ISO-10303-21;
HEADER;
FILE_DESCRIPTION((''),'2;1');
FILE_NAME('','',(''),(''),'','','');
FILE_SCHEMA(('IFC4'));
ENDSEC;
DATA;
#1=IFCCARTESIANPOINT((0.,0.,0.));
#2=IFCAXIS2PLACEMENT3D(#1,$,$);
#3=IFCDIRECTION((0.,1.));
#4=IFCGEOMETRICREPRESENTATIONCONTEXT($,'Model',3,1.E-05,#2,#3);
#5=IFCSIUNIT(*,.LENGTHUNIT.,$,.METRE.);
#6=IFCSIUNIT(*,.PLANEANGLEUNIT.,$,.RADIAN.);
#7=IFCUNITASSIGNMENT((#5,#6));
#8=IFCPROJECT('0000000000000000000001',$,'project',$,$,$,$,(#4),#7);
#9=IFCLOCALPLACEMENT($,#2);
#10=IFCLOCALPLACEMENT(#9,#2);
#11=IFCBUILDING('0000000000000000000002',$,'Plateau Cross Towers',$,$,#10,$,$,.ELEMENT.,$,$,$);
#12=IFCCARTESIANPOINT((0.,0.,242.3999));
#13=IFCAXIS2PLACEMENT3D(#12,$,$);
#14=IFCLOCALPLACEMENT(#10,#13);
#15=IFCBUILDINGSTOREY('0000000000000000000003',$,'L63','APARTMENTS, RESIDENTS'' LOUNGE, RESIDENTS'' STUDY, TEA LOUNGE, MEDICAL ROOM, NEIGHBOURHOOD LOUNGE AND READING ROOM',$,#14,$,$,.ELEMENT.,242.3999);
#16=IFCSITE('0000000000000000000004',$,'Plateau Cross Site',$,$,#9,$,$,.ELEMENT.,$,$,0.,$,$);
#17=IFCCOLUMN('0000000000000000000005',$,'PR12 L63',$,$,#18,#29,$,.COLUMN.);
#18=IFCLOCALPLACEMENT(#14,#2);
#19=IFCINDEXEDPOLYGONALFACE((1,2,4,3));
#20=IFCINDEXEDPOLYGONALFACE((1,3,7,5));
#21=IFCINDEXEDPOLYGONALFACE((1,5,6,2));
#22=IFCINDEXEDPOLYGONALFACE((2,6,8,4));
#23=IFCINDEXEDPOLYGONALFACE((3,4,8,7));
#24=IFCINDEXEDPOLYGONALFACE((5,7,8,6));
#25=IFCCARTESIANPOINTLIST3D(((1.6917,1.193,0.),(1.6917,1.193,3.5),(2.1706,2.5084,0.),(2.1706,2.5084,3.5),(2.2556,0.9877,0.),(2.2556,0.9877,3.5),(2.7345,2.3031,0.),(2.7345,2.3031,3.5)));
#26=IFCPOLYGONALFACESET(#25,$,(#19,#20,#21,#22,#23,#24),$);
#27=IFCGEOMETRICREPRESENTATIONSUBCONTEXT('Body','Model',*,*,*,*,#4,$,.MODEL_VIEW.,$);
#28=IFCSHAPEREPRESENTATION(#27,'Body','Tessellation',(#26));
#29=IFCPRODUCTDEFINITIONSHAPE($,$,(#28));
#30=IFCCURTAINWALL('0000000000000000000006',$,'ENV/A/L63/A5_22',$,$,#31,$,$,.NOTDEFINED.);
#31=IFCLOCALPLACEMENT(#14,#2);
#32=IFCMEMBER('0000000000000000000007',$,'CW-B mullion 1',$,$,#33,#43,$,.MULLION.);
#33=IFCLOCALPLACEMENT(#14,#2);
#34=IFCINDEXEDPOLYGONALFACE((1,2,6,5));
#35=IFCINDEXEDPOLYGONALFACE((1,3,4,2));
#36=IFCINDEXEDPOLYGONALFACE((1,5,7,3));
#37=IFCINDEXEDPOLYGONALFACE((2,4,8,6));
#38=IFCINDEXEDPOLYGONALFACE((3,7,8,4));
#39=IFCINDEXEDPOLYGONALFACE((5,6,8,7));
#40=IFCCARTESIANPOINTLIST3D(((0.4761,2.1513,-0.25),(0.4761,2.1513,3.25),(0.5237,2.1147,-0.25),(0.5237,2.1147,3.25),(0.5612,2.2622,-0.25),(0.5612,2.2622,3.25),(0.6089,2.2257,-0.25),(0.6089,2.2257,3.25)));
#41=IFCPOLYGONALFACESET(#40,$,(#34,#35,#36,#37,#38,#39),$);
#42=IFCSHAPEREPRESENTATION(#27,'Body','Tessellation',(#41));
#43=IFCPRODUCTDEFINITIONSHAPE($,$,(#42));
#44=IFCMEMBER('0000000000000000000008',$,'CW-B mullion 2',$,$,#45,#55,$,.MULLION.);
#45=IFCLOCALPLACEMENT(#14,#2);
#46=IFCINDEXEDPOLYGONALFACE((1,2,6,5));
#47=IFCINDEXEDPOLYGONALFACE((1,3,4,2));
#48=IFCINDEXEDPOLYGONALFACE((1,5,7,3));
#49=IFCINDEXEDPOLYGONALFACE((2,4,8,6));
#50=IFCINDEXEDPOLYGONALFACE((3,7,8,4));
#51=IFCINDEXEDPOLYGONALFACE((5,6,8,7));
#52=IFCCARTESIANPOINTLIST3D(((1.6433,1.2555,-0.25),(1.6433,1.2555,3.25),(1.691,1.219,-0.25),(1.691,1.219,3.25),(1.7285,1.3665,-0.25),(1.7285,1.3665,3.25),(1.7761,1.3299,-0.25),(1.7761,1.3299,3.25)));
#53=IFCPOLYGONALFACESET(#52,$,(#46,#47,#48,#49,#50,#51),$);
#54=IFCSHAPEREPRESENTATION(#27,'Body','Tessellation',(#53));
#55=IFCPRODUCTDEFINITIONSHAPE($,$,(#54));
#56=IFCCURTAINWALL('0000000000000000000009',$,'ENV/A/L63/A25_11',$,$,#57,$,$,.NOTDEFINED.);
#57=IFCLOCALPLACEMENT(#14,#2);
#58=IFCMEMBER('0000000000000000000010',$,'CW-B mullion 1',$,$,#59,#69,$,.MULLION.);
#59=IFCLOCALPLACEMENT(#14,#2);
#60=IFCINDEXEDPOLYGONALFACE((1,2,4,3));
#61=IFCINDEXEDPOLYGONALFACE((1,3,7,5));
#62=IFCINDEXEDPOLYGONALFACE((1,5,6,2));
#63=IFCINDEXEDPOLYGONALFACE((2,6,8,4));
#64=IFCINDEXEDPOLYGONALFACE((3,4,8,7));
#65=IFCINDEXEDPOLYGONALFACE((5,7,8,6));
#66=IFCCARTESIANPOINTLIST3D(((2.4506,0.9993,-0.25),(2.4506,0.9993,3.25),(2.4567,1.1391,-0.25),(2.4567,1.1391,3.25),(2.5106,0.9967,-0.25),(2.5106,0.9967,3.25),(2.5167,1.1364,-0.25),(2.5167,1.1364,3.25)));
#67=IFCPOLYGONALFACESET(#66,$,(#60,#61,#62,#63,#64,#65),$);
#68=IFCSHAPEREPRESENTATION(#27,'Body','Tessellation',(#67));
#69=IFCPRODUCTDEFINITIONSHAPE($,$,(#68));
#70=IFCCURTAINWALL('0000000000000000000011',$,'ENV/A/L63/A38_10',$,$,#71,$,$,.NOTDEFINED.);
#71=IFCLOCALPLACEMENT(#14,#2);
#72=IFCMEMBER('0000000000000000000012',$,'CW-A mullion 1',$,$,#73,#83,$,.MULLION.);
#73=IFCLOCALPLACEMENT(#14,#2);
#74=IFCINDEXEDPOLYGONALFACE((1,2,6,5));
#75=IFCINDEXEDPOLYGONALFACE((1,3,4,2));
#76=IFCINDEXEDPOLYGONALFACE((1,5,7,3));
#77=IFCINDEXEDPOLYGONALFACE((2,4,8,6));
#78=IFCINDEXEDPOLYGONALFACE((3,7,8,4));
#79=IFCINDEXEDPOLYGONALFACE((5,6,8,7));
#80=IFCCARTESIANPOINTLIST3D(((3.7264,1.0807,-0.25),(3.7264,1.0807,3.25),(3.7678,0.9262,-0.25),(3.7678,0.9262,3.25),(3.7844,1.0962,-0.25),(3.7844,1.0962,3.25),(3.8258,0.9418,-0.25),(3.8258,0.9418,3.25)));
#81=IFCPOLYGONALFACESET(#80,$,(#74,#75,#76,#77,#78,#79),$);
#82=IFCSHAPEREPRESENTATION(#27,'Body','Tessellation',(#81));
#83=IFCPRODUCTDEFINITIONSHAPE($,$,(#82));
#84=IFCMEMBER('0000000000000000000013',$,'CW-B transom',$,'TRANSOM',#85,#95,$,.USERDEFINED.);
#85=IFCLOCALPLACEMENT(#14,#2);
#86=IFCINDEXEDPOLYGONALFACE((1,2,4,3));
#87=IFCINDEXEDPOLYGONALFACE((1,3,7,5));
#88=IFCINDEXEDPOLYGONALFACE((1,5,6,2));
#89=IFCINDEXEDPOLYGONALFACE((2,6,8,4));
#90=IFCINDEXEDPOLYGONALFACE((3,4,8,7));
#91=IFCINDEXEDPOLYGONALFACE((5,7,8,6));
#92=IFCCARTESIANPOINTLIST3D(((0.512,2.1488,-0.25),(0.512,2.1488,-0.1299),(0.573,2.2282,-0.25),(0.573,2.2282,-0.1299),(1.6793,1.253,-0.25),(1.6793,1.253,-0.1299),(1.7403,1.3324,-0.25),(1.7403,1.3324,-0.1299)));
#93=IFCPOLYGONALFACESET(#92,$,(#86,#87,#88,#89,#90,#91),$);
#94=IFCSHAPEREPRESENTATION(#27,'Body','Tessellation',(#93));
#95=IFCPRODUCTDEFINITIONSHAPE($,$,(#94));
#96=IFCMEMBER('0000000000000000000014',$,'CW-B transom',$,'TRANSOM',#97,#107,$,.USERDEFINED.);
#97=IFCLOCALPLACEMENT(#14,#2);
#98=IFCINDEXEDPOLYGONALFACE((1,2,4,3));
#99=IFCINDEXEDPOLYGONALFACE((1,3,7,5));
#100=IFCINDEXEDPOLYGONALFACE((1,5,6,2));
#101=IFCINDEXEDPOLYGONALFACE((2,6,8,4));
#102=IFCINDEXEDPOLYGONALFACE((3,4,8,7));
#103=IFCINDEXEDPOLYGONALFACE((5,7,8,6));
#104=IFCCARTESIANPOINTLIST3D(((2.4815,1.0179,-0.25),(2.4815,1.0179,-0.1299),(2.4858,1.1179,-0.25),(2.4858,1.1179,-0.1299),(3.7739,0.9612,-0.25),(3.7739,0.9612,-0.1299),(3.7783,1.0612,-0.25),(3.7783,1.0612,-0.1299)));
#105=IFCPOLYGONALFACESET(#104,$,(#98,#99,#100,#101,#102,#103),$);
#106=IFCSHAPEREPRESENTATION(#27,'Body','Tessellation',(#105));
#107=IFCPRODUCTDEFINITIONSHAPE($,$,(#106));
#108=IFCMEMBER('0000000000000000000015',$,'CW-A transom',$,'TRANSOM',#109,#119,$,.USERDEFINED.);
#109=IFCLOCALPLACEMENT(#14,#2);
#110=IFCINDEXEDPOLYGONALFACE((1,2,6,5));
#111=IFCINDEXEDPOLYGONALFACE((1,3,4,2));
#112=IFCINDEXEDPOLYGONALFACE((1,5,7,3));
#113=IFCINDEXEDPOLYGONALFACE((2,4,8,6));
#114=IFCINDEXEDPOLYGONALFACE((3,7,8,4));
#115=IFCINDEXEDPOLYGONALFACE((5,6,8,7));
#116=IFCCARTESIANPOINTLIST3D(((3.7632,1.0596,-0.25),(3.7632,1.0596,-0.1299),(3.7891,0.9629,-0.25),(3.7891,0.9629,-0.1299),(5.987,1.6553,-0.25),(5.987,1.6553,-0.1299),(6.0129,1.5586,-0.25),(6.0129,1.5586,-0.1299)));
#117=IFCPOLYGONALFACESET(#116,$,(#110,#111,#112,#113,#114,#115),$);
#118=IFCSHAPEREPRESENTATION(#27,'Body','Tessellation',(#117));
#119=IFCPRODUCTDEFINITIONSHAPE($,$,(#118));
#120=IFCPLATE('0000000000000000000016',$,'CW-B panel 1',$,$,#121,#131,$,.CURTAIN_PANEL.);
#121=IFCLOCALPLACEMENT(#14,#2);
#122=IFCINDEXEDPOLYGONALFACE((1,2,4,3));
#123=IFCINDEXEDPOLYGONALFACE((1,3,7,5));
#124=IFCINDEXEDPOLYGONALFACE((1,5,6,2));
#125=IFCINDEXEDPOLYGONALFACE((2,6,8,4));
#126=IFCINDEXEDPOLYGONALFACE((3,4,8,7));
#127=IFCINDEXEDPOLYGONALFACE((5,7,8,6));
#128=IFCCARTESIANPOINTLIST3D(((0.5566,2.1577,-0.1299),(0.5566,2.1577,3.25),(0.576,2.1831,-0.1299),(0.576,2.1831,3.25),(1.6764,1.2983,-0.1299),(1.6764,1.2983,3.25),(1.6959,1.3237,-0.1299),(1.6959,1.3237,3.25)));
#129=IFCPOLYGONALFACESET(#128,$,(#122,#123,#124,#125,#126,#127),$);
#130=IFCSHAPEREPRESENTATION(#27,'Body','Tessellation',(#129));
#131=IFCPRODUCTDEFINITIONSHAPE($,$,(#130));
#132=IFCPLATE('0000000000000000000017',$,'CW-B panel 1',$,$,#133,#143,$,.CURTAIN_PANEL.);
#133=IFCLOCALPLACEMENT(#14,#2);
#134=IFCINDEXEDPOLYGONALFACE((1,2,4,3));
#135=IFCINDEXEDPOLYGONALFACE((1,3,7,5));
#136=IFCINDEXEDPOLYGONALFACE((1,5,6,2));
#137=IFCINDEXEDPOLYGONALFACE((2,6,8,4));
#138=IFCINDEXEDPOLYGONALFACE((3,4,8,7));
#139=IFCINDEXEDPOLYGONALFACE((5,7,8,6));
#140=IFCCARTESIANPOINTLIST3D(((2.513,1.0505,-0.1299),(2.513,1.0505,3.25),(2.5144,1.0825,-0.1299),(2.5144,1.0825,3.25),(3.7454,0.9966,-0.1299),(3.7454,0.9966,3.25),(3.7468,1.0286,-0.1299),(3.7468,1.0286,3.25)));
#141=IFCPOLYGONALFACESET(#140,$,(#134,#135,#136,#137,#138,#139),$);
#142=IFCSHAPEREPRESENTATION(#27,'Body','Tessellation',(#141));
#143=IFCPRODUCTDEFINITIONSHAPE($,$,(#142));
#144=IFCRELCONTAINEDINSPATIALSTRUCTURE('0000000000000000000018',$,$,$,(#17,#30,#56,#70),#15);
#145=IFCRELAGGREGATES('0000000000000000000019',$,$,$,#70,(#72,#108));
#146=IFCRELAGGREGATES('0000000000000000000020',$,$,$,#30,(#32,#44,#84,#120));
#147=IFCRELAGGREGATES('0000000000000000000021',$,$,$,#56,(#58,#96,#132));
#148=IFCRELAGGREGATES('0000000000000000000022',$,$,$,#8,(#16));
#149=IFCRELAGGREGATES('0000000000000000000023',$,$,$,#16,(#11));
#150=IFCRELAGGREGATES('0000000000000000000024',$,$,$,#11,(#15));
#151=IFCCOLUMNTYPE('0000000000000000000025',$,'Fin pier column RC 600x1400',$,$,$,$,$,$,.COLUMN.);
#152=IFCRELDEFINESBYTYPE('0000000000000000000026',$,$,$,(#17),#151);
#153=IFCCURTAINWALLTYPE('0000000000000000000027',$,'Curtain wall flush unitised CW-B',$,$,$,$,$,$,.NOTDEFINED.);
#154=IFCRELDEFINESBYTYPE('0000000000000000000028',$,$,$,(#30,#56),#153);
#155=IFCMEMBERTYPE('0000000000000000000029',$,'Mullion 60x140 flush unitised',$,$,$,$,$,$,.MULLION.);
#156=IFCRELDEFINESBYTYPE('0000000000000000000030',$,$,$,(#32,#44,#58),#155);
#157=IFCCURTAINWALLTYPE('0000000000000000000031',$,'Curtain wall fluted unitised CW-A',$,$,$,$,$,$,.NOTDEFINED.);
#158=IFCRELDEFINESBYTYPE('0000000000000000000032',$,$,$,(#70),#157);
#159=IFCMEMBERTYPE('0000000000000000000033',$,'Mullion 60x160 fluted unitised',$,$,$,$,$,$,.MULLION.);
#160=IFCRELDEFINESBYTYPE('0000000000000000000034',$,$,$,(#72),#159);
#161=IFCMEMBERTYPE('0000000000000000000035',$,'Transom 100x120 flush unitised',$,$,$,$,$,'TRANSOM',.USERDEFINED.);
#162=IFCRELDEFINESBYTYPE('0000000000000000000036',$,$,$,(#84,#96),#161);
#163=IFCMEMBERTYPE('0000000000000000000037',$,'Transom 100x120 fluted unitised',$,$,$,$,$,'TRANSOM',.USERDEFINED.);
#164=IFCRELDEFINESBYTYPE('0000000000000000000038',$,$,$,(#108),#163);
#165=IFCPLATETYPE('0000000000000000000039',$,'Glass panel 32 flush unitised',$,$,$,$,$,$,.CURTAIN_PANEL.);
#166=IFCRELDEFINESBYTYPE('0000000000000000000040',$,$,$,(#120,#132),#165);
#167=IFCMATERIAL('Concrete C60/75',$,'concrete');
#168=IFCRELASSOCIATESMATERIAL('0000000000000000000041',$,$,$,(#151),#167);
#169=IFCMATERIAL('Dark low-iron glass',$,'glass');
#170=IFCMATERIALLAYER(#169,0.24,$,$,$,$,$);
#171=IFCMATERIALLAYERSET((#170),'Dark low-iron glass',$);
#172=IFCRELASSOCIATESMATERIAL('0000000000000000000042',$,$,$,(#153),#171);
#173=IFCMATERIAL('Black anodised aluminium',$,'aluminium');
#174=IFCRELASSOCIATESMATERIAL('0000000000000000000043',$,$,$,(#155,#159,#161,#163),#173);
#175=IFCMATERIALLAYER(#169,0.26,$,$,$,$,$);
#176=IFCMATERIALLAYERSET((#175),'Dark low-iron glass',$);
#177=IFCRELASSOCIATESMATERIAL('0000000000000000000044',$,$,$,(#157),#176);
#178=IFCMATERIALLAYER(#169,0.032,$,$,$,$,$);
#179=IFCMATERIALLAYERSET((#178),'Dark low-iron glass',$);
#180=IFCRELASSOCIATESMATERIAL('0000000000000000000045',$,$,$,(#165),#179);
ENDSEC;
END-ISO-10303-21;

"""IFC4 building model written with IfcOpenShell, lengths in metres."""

from ifc_helpers import new_model, si_unit, direction, frame, origin, origin_2d, place, context, subcontext, project, spatial, rectangle, extrude, material, layer, layer_set, material_profile, profile_set, type_object, element, aggregate, save


model = new_model("IFC4")

# Units and contexts
model_context = context("Model", 3, precision=1e-05, world=origin(), true_north=direction((0.0, 1.0)))
body_context = subcontext(model_context, "Body", "Model", "MODEL_VIEW")
ifc_project = project(units=[si_unit("LENGTHUNIT", "METRE"), si_unit("PLANEANGLEUNIT", "RADIAN")], contexts=[model_context])

# Site, building, storey
site_placement = place(None, origin())
site = spatial("IfcSite", under=ifc_project, at=site_placement, Name="Plateau Cross Site", CompositionType="ELEMENT", RefElevation=0.0)
building_placement = place(site_placement, origin())
building = spatial("IfcBuilding", under=site, at=building_placement, Name="Plateau Cross Towers", CompositionType="ELEMENT")
storey_placement = place(building_placement, frame((0.0, 0.0, 242.3999)))
storey = spatial("IfcBuildingStorey", under=building, at=storey_placement, Name="L63", Description="APARTMENTS, RESIDENTS' LOUNGE, RESIDENTS' STUDY, TEA LOUNGE, MEDICAL ROOM, NEIGHBOURHOOD LOUNGE AND READING ROOM", CompositionType="ELEMENT", Elevation=242.3999)

# Column
ifc_material_1 = material(Name="Concrete C60/75", Category="concrete")
ifc_material_profile_1 = material_profile(ifc_material_1, rectangle(XDim=0.6001, YDim=1.3999, at=origin_2d()), Name="RC 600x1400")
ifc_profile_set_1 = profile_set([ifc_material_profile_1], Name="Concrete C60/75")
column_type = type_object("IfcColumnType", Name="Fin pier column RC 600x1400", PredefinedType="COLUMN", material=ifc_profile_set_1)
column_placement = place(storey_placement, frame((2.2131, 1.748, 0.0), z_axis=(0.0, 0.0, 1.0), x_axis=(-0.939664, 0.342098, 0.0)))
element("IfcColumn", 1, at=column_placement, inside=storey, type_object=column_type, Name="PR12 L63", PredefinedType="COLUMN", context=body_context, shape_type="SweptSolid", body=[
    extrude(rectangle(XDim=0.6001, YDim=1.3999, at=origin_2d()), origin(), (0.0, 0.0, 1.0), 3.5),
])

# Curtain wall, members
ifc_material_2 = material(Name="Dark low-iron glass", Category="glass")
ifc_layer_1 = layer(ifc_material_2, 0.24)
ifc_layer_set_1 = layer_set([ifc_layer_1], Name="Dark low-iron glass")
curtain_wall_type_1 = type_object("IfcCurtainWallType", Name="Curtain wall flush unitised CW-B", PredefinedType="NOTDEFINED", material=ifc_layer_set_1)
curtain_wall_1_placement = place(storey_placement, origin())
curtain_wall_1 = element("IfcCurtainWall", 2, at=curtain_wall_1_placement, inside=storey, type_object=curtain_wall_type_1, Name="ENV/A/L63/A5_22", PredefinedType="NOTDEFINED")
ifc_material_3 = material(Name="Black anodised aluminium", Category="aluminium")
ifc_material_profile_2 = material_profile(ifc_material_3, rectangle(XDim=0.0601, YDim=0.1399, at=origin_2d()), Name="MULLION 60x140")
ifc_profile_set_2 = profile_set([ifc_material_profile_2], Name="Black anodised aluminium")
member_type_1 = type_object("IfcMemberType", Name="Mullion 60x140 flush unitised", PredefinedType="MULLION", material=ifc_profile_set_2)
member_1_placement = place(storey_placement, frame((0.5425, 2.1885, -0.25), z_axis=(0.0, 0.0, 1.0), x_axis=(0.793316, -0.608811, 0.0)))
member_1 = element("IfcMember", 3, at=member_1_placement, type_object=member_type_1, Name="CW-B mullion 1", PredefinedType="MULLION", context=body_context, shape_type="SweptSolid", body=[
    extrude(rectangle(XDim=0.0601, YDim=0.1399, at=origin_2d()), origin(), (0.0, 0.0, 1.0), 3.5),
])
member_2_placement = place(storey_placement, frame((1.7097, 1.2927, -0.25), z_axis=(0.0, 0.0, 1.0), x_axis=(0.793316, -0.608811, 0.0)))
member_2 = element("IfcMember", 4, at=member_2_placement, type_object=member_type_1, Name="CW-B mullion 2", PredefinedType="MULLION", context=body_context, shape_type="SweptSolid", body=[
    extrude(rectangle(XDim=0.0601, YDim=0.1399, at=origin_2d()), origin(), (0.0, 0.0, 1.0), 3.5),
])

# Curtain walls, members
curtain_wall_2_placement = place(storey_placement, origin())
curtain_wall_2 = element("IfcCurtainWall", 5, at=curtain_wall_2_placement, inside=storey, type_object=curtain_wall_type_1, Name="ENV/A/L63/A25_11", PredefinedType="NOTDEFINED")
member_3_placement = place(storey_placement, frame((2.4836, 1.0679, -0.25), z_axis=(0.0, 0.0, 1.0), x_axis=(0.999044, -0.043723, 0.0)))
member_3 = element("IfcMember", 6, at=member_3_placement, type_object=member_type_1, Name="CW-B mullion 1", PredefinedType="MULLION", context=body_context, shape_type="SweptSolid", body=[
    extrude(rectangle(XDim=0.0601, YDim=0.1399, at=origin_2d()), origin(), (0.0, 0.0, 1.0), 3.5),
])
ifc_layer_2 = layer(ifc_material_2, 0.26)
ifc_layer_set_2 = layer_set([ifc_layer_2], Name="Dark low-iron glass")
curtain_wall_type_2 = type_object("IfcCurtainWallType", Name="Curtain wall fluted unitised CW-A", PredefinedType="NOTDEFINED", material=ifc_layer_set_2)
curtain_wall_3_placement = place(storey_placement, origin())
curtain_wall_3 = element("IfcCurtainWall", 7, at=curtain_wall_3_placement, inside=storey, type_object=curtain_wall_type_2, Name="ENV/A/L63/A38_10", PredefinedType="NOTDEFINED")
ifc_material_profile_3 = material_profile(ifc_material_3, rectangle(XDim=0.0601, YDim=0.1599, at=origin_2d()), Name="MULLION 60x160")
ifc_profile_set_3 = profile_set([ifc_material_profile_3], Name="Black anodised aluminium")
member_type_2 = type_object("IfcMemberType", Name="Mullion 60x160 fluted unitised", PredefinedType="MULLION", material=ifc_profile_set_3)
member_4_placement = place(storey_placement, frame((3.7761, 1.0112, -0.25), z_axis=(0.0, 0.0, 1.0), x_axis=(0.965958, 0.258699, 0.0)))
member_4 = element("IfcMember", 8, at=member_4_placement, type_object=member_type_2, Name="CW-A mullion 1", PredefinedType="MULLION", context=body_context, shape_type="SweptSolid", body=[
    extrude(rectangle(XDim=0.0601, YDim=0.1599, at=origin_2d()), origin(), (0.0, 0.0, 1.0), 3.5),
])

# Members
ifc_material_profile_4 = material_profile(ifc_material_3, rectangle(XDim=0.1001, YDim=0.1201, at=origin_2d()), Name="TRANSOM 100x120")
ifc_profile_set_4 = profile_set([ifc_material_profile_4], Name="Black anodised aluminium")
member_type_3 = type_object("IfcMemberType", Name="Transom 100x120 flush unitised", ElementType="TRANSOM", PredefinedType="USERDEFINED", material=ifc_profile_set_4)
member_5_placement = place(storey_placement, frame((0.5425, 2.1885, -0.1899), z_axis=(0.793321, -0.608804, 0.0), x_axis=(0.608804, 0.793321, 0.0)))
member_5 = element("IfcMember", 9, at=member_5_placement, type_object=member_type_3, Name="CW-B transom", ObjectType="TRANSOM", PredefinedType="USERDEFINED", context=body_context, shape_type="SweptSolid", body=[
    extrude(rectangle(XDim=0.1001, YDim=0.1201, at=origin_2d()), origin(), (0.0, 0.0, 1.0), 1.4714),
])
member_6_placement = place(storey_placement, frame((2.4836, 1.0679, -0.1899), z_axis=(0.999041, -0.043781, 0.0), x_axis=(0.043781, 0.999041, 0.0)))
member_6 = element("IfcMember", 10, at=member_6_placement, type_object=member_type_3, Name="CW-B transom", ObjectType="TRANSOM", PredefinedType="USERDEFINED", context=body_context, shape_type="SweptSolid", body=[
    extrude(rectangle(XDim=0.1001, YDim=0.1201, at=origin_2d()), origin(), (0.0, 0.0, 1.0), 1.2937),
])
ifc_material_profile_5 = material_profile(ifc_material_3, rectangle(XDim=0.1001, YDim=0.1201, at=origin_2d()), Name="TRANSOM 100x120")
ifc_profile_set_5 = profile_set([ifc_material_profile_5], Name="Black anodised aluminium")
member_type_4 = type_object("IfcMemberType", Name="Transom 100x120 fluted unitised", ElementType="TRANSOM", PredefinedType="USERDEFINED", material=ifc_profile_set_5)
member_7_placement = place(storey_placement, frame((3.7761, 1.0112, -0.1899), z_axis=(0.965946, 0.258745, 0.0), x_axis=(-0.258745, 0.965946, 0.0)))
member_7 = element("IfcMember", 11, at=member_7_placement, type_object=member_type_4, Name="CW-A transom", ObjectType="TRANSOM", PredefinedType="USERDEFINED", context=body_context, shape_type="SweptSolid", body=[
    extrude(rectangle(XDim=0.1001, YDim=0.1201, at=origin_2d()), origin(), (0.0, 0.0, 1.0), 2.3022),
])
aggregate(curtain_wall_3, [member_4, member_7])

# Plates
ifc_layer_3 = layer(ifc_material_2, 0.032)
ifc_layer_set_3 = layer_set([ifc_layer_3], Name="Dark low-iron glass")
plate_type = type_object("IfcPlateType", Name="Glass panel 32 flush unitised", PredefinedType="CURTAIN_PANEL", material=ifc_layer_set_3)
plate_1_placement = place(storey_placement, frame((1.1262, 1.7407, -0.1299), z_axis=(0.0, 0.0, 1.0), x_axis=(0.793316, -0.608811, 0.0)))
plate_1 = element("IfcPlate", 12, at=plate_1_placement, type_object=plate_type, Name="CW-B panel 1", PredefinedType="CURTAIN_PANEL", context=body_context, shape_type="SweptSolid", body=[
    extrude(rectangle(XDim=1.4116, YDim=0.032, at=origin_2d()), origin(), (0.0, 0.0, 1.0), 3.3799),
])
aggregate(curtain_wall_1, [member_1, member_2, member_5, plate_1])
plate_2_placement = place(storey_placement, frame((3.1299, 1.0396, -0.1299), z_axis=(0.0, 0.0, 1.0), x_axis=(0.999044, -0.043723, 0.0)))
plate_2 = element("IfcPlate", 13, at=plate_2_placement, type_object=plate_type, Name="CW-B panel 1", PredefinedType="CURTAIN_PANEL", context=body_context, shape_type="SweptSolid", body=[
    extrude(rectangle(XDim=1.2336, YDim=0.032, at=origin_2d()), origin(), (0.0, 0.0, 1.0), 3.3799),
])
aggregate(curtain_wall_2, [member_3, member_6, plate_2])

save(model, "model.ifc")
